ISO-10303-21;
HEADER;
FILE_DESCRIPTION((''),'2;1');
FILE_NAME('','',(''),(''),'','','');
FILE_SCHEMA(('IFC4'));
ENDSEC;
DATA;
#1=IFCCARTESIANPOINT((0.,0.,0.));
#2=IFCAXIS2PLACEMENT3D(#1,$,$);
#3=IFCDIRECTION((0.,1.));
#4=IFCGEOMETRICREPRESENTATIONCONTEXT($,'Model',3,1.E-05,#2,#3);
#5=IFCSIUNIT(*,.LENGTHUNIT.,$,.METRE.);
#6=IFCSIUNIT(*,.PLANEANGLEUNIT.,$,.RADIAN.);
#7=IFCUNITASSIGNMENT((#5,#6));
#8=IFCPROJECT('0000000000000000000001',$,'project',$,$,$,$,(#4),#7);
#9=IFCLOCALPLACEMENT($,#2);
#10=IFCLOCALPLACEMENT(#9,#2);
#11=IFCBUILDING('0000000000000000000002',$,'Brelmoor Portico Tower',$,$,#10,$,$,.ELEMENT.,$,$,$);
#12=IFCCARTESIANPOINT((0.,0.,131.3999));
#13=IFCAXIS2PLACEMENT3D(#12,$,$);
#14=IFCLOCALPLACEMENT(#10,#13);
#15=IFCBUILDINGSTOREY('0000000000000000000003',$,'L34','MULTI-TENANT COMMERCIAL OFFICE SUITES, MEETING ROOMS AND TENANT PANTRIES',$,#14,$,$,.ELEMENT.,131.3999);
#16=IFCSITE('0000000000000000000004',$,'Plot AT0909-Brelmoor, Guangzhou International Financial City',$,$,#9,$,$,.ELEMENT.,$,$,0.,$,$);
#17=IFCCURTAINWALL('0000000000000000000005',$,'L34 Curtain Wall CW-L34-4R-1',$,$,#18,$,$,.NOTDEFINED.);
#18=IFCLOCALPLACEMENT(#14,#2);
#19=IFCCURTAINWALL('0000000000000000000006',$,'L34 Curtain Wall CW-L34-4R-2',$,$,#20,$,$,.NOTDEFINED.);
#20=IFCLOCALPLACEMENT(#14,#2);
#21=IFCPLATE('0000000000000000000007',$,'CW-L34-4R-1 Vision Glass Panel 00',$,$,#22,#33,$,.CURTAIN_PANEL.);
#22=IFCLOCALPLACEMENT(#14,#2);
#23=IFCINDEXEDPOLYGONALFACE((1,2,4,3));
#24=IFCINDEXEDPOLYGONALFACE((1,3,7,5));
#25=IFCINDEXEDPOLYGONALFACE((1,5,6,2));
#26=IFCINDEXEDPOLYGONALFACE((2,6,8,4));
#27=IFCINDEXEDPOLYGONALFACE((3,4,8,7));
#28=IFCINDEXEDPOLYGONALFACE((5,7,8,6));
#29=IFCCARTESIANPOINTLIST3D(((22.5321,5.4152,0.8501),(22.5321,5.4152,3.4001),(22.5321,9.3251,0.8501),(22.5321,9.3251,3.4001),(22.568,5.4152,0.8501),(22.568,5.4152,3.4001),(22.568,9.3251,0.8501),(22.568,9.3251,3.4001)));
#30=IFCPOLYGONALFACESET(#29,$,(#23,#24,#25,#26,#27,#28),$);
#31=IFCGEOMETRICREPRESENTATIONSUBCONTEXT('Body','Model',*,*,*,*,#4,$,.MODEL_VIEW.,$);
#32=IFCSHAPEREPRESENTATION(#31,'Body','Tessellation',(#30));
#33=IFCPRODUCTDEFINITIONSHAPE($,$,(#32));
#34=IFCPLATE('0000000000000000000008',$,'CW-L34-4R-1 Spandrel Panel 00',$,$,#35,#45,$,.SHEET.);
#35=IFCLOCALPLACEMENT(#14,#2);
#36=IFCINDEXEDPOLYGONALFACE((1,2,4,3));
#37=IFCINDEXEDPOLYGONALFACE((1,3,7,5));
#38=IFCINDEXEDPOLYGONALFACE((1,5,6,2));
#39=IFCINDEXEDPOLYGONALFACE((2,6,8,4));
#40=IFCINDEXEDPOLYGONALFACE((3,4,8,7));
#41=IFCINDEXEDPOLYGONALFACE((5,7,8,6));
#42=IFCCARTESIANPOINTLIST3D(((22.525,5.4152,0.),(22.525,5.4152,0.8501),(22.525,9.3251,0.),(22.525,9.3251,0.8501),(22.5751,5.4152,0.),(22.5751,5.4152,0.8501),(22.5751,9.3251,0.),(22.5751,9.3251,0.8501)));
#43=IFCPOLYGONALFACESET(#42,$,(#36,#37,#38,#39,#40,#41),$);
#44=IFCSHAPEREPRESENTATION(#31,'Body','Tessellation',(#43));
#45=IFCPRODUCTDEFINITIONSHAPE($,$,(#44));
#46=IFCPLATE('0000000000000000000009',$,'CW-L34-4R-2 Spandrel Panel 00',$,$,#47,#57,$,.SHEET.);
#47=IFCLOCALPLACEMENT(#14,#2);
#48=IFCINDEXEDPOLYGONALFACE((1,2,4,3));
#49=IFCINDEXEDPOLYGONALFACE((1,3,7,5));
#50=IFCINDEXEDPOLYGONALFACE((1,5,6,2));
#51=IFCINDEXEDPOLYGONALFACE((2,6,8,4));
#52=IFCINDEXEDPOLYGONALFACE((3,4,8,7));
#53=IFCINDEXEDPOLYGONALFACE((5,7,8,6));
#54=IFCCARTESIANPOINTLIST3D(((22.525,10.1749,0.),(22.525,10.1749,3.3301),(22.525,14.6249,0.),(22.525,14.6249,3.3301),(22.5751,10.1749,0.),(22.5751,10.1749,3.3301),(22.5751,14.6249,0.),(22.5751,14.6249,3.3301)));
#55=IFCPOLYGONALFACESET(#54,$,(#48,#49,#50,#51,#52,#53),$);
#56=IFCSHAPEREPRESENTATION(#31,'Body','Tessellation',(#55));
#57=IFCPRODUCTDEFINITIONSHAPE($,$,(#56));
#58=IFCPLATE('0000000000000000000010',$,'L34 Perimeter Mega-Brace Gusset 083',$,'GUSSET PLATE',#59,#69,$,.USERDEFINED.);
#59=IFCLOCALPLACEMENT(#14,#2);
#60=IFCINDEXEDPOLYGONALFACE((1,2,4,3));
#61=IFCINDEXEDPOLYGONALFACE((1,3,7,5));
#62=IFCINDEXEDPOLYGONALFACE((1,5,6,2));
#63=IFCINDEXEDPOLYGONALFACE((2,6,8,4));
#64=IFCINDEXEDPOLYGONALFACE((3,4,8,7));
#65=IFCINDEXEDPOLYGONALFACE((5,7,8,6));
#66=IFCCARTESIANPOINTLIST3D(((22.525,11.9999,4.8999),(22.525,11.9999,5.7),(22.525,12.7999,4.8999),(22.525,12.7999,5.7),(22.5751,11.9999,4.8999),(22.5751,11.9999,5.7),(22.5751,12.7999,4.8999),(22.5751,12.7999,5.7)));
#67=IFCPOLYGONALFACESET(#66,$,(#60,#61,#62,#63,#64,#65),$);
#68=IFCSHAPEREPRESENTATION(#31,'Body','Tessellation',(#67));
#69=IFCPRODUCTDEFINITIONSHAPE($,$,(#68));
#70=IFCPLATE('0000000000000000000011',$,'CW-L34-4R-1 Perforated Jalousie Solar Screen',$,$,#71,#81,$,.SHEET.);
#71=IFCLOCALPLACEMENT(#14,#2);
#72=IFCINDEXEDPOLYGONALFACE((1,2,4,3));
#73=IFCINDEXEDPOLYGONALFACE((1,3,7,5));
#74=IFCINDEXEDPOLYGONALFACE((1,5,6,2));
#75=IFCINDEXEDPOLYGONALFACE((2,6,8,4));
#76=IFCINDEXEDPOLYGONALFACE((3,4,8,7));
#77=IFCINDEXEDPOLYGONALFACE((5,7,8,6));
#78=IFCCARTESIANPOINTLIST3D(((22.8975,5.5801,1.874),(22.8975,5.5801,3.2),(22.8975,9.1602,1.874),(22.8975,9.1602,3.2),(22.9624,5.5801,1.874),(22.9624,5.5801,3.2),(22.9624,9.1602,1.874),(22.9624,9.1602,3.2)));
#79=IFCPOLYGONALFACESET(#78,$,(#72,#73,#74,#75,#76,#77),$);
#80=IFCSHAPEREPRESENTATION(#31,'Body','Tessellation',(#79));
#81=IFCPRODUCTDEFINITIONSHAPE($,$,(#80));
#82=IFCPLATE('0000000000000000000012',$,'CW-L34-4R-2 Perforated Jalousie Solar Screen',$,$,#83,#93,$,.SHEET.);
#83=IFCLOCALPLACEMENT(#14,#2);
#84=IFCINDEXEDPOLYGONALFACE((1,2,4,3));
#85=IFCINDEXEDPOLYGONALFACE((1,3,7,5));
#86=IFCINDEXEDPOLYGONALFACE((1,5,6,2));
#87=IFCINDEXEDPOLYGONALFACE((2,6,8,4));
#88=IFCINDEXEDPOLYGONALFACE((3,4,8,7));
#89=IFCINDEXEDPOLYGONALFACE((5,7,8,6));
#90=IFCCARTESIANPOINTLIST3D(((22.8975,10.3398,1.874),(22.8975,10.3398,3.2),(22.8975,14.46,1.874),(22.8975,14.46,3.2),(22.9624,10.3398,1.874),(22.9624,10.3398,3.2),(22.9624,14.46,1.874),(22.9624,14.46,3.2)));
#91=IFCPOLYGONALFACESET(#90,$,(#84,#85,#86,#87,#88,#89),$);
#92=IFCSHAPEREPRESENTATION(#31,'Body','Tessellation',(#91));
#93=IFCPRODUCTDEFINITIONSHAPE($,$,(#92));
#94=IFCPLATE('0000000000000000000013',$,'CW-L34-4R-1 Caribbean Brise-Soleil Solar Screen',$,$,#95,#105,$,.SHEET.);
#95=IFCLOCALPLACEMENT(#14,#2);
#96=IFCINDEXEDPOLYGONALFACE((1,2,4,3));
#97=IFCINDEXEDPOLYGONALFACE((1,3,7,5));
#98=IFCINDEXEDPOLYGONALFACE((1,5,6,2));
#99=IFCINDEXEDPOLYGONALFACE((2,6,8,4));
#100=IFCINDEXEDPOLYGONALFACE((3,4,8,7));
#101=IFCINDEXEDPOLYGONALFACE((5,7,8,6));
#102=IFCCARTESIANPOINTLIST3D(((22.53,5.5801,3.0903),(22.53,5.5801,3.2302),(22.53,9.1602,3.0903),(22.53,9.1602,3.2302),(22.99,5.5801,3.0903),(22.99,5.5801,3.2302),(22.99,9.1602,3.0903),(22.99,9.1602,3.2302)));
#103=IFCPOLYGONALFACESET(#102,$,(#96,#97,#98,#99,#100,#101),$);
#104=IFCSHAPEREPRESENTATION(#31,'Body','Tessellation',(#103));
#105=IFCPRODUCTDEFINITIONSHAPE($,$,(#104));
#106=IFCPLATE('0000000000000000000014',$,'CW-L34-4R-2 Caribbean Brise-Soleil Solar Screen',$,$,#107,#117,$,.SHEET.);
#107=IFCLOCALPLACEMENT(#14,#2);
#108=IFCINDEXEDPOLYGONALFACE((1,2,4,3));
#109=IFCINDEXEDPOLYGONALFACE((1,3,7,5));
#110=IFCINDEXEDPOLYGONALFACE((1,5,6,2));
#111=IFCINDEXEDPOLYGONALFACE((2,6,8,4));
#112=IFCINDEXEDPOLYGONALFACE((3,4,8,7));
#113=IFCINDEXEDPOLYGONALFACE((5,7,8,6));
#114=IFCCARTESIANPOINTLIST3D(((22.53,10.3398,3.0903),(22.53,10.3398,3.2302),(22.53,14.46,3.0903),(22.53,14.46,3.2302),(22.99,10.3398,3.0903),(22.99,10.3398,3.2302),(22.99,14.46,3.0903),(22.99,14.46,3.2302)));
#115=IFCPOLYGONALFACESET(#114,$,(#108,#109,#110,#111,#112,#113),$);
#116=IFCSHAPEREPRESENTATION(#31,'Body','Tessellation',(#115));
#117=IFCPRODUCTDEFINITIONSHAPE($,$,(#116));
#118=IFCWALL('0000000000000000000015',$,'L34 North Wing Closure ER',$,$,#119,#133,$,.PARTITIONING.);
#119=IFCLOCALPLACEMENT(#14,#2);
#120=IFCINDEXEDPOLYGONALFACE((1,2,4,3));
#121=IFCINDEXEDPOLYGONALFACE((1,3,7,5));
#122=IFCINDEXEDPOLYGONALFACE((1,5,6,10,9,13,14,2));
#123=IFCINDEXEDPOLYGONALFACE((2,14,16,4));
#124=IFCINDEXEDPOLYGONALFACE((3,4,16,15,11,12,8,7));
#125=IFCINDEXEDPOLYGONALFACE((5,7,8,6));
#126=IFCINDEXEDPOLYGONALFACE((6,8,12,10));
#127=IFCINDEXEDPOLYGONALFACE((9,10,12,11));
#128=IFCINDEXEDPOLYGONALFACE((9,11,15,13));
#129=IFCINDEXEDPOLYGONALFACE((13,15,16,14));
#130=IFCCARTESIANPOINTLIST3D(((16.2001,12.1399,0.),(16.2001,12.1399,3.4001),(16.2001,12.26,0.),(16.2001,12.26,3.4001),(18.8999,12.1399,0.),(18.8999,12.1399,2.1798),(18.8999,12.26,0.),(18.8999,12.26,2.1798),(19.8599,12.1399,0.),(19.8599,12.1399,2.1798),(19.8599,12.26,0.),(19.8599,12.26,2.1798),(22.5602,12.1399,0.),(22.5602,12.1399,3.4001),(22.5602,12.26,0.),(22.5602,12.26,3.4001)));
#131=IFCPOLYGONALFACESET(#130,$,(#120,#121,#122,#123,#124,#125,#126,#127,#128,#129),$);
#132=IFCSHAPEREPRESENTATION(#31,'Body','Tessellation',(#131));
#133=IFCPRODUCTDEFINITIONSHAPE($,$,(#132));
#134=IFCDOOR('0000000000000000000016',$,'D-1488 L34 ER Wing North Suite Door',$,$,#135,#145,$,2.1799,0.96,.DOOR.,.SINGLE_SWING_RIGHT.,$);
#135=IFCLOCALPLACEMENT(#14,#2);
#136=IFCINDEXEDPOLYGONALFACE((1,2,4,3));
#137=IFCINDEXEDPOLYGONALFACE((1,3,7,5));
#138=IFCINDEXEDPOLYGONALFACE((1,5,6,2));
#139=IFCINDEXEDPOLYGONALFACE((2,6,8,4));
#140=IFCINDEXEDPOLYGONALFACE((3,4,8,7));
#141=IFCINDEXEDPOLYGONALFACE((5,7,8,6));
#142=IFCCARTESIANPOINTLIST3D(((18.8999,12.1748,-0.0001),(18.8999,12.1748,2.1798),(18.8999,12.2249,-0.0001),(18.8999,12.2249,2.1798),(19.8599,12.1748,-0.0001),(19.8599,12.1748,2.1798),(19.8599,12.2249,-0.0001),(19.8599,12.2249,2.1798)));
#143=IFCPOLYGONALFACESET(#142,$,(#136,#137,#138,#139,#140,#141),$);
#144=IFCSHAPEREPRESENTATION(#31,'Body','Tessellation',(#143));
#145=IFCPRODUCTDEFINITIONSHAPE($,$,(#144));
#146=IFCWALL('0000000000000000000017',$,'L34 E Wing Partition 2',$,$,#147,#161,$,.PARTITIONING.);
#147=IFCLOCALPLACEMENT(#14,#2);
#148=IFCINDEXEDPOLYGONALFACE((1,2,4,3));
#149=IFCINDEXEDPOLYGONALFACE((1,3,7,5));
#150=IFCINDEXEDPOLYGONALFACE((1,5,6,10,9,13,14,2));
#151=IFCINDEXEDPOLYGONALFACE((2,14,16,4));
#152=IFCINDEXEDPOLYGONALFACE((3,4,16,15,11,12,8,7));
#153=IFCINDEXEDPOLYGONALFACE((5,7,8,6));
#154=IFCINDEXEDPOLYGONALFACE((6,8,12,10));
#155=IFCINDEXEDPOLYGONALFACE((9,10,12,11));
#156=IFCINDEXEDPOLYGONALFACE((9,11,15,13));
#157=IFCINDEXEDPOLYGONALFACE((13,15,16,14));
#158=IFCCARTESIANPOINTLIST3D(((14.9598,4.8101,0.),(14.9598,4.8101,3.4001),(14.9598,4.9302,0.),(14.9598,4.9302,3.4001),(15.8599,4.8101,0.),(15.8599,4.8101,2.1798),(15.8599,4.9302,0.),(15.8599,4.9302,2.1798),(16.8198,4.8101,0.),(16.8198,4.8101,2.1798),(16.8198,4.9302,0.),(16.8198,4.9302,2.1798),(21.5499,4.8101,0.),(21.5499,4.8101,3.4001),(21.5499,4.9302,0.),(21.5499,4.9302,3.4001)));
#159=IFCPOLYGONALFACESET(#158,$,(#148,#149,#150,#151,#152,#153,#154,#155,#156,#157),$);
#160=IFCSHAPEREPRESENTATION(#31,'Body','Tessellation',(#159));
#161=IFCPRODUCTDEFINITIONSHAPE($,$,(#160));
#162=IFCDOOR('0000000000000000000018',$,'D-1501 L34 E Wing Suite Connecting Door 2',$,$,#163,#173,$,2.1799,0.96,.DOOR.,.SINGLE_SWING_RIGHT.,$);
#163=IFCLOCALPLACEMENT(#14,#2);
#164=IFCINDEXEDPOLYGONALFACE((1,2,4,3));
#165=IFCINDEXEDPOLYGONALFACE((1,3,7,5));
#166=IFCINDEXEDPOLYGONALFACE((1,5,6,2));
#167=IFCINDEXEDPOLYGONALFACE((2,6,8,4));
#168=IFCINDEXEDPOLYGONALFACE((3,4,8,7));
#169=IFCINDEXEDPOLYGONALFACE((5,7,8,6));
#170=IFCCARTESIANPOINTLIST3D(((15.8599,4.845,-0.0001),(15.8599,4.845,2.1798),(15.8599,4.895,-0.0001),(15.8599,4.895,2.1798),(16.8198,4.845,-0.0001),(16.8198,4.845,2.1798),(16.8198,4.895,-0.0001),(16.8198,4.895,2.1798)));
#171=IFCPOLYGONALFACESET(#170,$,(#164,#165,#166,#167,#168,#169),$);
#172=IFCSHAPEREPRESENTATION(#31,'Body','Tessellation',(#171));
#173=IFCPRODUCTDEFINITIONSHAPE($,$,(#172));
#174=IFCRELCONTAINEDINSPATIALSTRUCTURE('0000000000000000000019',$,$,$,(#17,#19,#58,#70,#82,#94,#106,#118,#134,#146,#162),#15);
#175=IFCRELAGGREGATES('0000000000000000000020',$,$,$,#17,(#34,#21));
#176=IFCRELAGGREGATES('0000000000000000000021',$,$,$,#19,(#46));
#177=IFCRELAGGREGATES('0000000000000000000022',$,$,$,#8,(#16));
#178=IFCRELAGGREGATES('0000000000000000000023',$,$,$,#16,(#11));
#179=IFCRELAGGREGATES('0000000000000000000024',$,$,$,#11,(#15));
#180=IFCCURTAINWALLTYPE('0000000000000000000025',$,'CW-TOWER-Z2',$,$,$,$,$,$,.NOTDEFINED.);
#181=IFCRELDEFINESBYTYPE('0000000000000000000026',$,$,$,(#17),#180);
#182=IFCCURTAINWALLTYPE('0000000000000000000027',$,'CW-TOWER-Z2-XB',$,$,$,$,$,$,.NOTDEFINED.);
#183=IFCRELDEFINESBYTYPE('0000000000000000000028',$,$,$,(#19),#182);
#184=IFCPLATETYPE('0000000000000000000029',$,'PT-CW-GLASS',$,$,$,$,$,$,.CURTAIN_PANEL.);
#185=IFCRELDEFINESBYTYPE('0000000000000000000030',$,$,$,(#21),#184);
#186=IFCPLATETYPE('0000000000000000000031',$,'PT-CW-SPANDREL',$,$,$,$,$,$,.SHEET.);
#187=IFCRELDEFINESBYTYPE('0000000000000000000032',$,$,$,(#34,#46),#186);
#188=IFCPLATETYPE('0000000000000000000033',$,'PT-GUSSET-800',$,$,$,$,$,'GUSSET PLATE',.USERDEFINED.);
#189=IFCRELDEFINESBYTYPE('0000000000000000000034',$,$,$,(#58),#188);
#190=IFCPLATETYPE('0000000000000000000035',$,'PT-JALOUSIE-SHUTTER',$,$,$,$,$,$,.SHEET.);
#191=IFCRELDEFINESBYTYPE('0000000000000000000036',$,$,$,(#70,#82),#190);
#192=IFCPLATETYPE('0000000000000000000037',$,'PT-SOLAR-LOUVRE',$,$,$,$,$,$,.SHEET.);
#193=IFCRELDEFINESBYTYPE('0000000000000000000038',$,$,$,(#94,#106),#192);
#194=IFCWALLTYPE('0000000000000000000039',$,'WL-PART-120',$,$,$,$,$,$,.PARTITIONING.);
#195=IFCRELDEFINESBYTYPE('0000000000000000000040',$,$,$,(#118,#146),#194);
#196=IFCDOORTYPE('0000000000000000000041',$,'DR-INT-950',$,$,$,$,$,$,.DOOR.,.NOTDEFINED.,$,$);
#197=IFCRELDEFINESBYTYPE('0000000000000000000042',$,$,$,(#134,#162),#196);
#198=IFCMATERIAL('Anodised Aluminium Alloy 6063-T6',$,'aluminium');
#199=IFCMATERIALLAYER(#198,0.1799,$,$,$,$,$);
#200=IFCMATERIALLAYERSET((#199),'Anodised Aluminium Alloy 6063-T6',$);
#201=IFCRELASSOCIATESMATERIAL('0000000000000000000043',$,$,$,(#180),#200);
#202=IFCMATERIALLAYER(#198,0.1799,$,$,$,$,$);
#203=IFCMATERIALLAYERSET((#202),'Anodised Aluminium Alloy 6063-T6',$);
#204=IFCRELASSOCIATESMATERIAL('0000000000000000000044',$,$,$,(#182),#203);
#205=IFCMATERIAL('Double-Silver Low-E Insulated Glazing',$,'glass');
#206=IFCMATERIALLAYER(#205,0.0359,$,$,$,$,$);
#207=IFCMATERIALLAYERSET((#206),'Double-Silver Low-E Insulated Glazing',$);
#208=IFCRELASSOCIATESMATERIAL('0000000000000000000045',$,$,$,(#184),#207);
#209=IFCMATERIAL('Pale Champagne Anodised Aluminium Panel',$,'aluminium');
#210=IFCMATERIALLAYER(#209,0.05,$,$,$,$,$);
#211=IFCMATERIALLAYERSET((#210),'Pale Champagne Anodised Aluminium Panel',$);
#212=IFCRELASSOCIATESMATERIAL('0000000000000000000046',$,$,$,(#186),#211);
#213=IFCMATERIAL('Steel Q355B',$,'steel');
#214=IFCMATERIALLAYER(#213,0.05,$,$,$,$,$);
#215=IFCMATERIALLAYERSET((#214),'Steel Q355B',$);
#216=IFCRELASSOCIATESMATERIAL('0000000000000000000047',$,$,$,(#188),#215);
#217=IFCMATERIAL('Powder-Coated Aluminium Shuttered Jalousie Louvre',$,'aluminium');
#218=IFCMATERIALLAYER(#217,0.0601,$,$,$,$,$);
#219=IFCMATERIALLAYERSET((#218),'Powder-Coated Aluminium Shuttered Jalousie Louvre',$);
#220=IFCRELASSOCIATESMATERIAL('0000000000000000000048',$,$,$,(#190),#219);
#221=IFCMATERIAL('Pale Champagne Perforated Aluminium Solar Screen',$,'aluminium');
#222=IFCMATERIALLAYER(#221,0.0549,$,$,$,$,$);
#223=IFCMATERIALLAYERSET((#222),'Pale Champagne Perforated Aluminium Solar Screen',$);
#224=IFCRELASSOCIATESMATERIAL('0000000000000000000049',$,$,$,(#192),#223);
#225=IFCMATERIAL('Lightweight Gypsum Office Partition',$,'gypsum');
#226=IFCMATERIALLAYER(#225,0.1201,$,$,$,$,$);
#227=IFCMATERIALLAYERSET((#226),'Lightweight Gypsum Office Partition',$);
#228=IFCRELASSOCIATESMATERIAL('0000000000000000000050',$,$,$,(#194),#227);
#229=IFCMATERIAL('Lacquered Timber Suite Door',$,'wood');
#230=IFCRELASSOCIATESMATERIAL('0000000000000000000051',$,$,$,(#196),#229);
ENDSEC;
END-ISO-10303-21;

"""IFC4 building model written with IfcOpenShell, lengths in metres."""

from ifc_helpers import new_model, si_unit, direction, frame, frame_2d, origin, origin_2d, place, context, subcontext, project, spatial, rectangle, extrude, material, layer, layer_set, type_object, element, fill, aggregate, save


model = new_model("IFC4")

# Units and contexts
model_context = context("Model", 3, precision=1e-05, world=origin(), true_north=direction((0.0, 1.0)))
body_context = subcontext(model_context, "Body", "Model", "MODEL_VIEW")
ifc_project = project(units=[si_unit("LENGTHUNIT", "METRE"), si_unit("PLANEANGLEUNIT", "RADIAN")], contexts=[model_context])

# Site, building, storey
site_placement = place(None, origin())
site = spatial("IfcSite", under=ifc_project, at=site_placement, Name="Plot AT0909-Brelmoor, Guangzhou International Financial City", CompositionType="ELEMENT", RefElevation=0.0)
building_placement = place(site_placement, origin())
building = spatial("IfcBuilding", under=site, at=building_placement, Name="Brelmoor Portico Tower", CompositionType="ELEMENT")
storey_placement = place(building_placement, frame((0.0, 0.0, 131.3999)))
storey = spatial("IfcBuildingStorey", under=building, at=storey_placement, Name="L34", Description="MULTI-TENANT COMMERCIAL OFFICE SUITES, MEETING ROOMS AND TENANT PANTRIES", CompositionType="ELEMENT", Elevation=131.3999)

# Shared definitions
ifc_material_1 = material(Name="Steel Q355B", Category="steel")

# Curtain wall
ifc_material_2 = material(Name="Anodised Aluminium Alloy 6063-T6", Category="aluminium")
ifc_layer_1 = layer(ifc_material_2, 0.1799)
ifc_layer_set_1 = layer_set([ifc_layer_1], Name="Anodised Aluminium Alloy 6063-T6")
curtain_wall_type_1 = type_object("IfcCurtainWallType", Name="CW-TOWER-Z2", PredefinedType="NOTDEFINED", material=ifc_layer_set_1)
curtain_wall_1_placement = place(storey_placement, origin())
curtain_wall_1 = element("IfcCurtainWall", 1, at=curtain_wall_1_placement, inside=storey, type_object=curtain_wall_type_1, Name="L34 Curtain Wall CW-L34-4R-1", PredefinedType="NOTDEFINED")

# Curtain wall
ifc_layer_2 = layer(ifc_material_2, 0.1799)
ifc_layer_set_2 = layer_set([ifc_layer_2], Name="Anodised Aluminium Alloy 6063-T6")
curtain_wall_type_2 = type_object("IfcCurtainWallType", Name="CW-TOWER-Z2-XB", PredefinedType="NOTDEFINED", material=ifc_layer_set_2)
curtain_wall_2_placement = place(storey_placement, origin())
curtain_wall_2 = element("IfcCurtainWall", 2, at=curtain_wall_2_placement, inside=storey, type_object=curtain_wall_type_2, Name="L34 Curtain Wall CW-L34-4R-2", PredefinedType="NOTDEFINED")

# Plates
ifc_material_3 = material(Name="Double-Silver Low-E Insulated Glazing", Category="glass")
ifc_layer_3 = layer(ifc_material_3, 0.0359)
ifc_layer_set_3 = layer_set([ifc_layer_3], Name="Double-Silver Low-E Insulated Glazing")
plate_type_1 = type_object("IfcPlateType", Name="PT-CW-GLASS", PredefinedType="CURTAIN_PANEL", material=ifc_layer_set_3)
plate_1_placement = place(storey_placement, frame((22.55, 7.3701, 0.8501), z_axis=(0.0, 0.0, 1.0), x_axis=(0.0, 1.0, 0.0)))
plate_1 = element("IfcPlate", 3, at=plate_1_placement, type_object=plate_type_1, Name="CW-L34-4R-1 Vision Glass Panel 00", PredefinedType="CURTAIN_PANEL", context=body_context, shape_type="SweptSolid", body=[
    extrude(rectangle(XDim=3.9099, YDim=0.0359, at=origin_2d()), origin(), (0.0, 0.0, 1.0), 2.55),
])
ifc_material_4 = material(Name="Pale Champagne Anodised Aluminium Panel", Category="aluminium")
ifc_layer_4 = layer(ifc_material_4, 0.05)
ifc_layer_set_4 = layer_set([ifc_layer_4], Name="Pale Champagne Anodised Aluminium Panel")
plate_type_2 = type_object("IfcPlateType", Name="PT-CW-SPANDREL", PredefinedType="SHEET", material=ifc_layer_set_4)
plate_2_placement = place(storey_placement, frame((22.55, 7.3701, 0.0), z_axis=(0.0, 0.0, 1.0), x_axis=(0.0, 1.0, 0.0)))
plate_2 = element("IfcPlate", 4, at=plate_2_placement, type_object=plate_type_2, Name="CW-L34-4R-1 Spandrel Panel 00", PredefinedType="SHEET", context=body_context, shape_type="SweptSolid", body=[
    extrude(rectangle(XDim=3.9099, YDim=0.05, at=origin_2d()), origin(), (0.0, 0.0, 1.0), 0.8501),
])
aggregate(curtain_wall_1, [plate_2, plate_1])
plate_3_placement = place(storey_placement, frame((22.55, 12.3999, 0.0), z_axis=(0.0, 0.0, 1.0), x_axis=(0.0, 1.0, 0.0)))
plate_3 = element("IfcPlate", 5, at=plate_3_placement, type_object=plate_type_2, Name="CW-L34-4R-2 Spandrel Panel 00", PredefinedType="SHEET", context=body_context, shape_type="SweptSolid", body=[
    extrude(rectangle(XDim=4.45, YDim=0.05, at=origin_2d()), origin(), (0.0, 0.0, 1.0), 3.3301),
])
aggregate(curtain_wall_2, [plate_3])

# Plates
ifc_layer_5 = layer(ifc_material_1, 0.05)
ifc_layer_set_5 = layer_set([ifc_layer_5], Name="Steel Q355B")
plate_type_3 = type_object("IfcPlateType", Name="PT-GUSSET-800", ElementType="GUSSET PLATE", PredefinedType="USERDEFINED", material=ifc_layer_set_5)
plate_4_placement = place(storey_placement, frame((22.55, 12.3999, 4.8999), z_axis=(0.0, 0.0, 1.0), x_axis=(1.0, 0.0, 0.0)))
element("IfcPlate", 6, at=plate_4_placement, inside=storey, type_object=plate_type_3, Name="L34 Perimeter Mega-Brace Gusset 083", ObjectType="GUSSET PLATE", PredefinedType="USERDEFINED", context=body_context, shape_type="SweptSolid", body=[
    extrude(rectangle(XDim=0.05, YDim=0.8, at=origin_2d()), origin(), (0.0, 0.0, 1.0), 0.8),
])
ifc_material_5 = material(Name="Powder-Coated Aluminium Shuttered Jalousie Louvre", Category="aluminium")
ifc_layer_6 = layer(ifc_material_5, 0.0601)
ifc_layer_set_6 = layer_set([ifc_layer_6], Name="Powder-Coated Aluminium Shuttered Jalousie Louvre")
plate_type_4 = type_object("IfcPlateType", Name="PT-JALOUSIE-SHUTTER", PredefinedType="SHEET", material=ifc_layer_set_6)
plate_5_placement = place(storey_placement, frame((22.9299, 7.3701, 1.874), z_axis=(0.0, 0.0, 1.0), x_axis=(0.0, 1.0, 0.0)))
element("IfcPlate", 7, at=plate_5_placement, inside=storey, type_object=plate_type_4, Name="CW-L34-4R-1 Perforated Jalousie Solar Screen", PredefinedType="SHEET", context=body_context, shape_type="SweptSolid", body=[
    extrude(rectangle(XDim=3.5801, YDim=0.0649, at=origin_2d()), origin(), (0.0, 0.0, 1.0), 1.3259),
])
plate_6_placement = place(storey_placement, frame((22.9299, 12.3999, 1.874), z_axis=(0.0, 0.0, 1.0), x_axis=(0.0, 1.0, 0.0)))
element("IfcPlate", 8, at=plate_6_placement, inside=storey, type_object=plate_type_4, Name="CW-L34-4R-2 Perforated Jalousie Solar Screen", PredefinedType="SHEET", context=body_context, shape_type="SweptSolid", body=[
    extrude(rectangle(XDim=4.1201, YDim=0.0649, at=origin_2d()), origin(), (0.0, 0.0, 1.0), 1.3259),
])
ifc_material_6 = material(Name="Pale Champagne Perforated Aluminium Solar Screen", Category="aluminium")
ifc_layer_7 = layer(ifc_material_6, 0.0549)
ifc_layer_set_7 = layer_set([ifc_layer_7], Name="Pale Champagne Perforated Aluminium Solar Screen")
plate_type_5 = type_object("IfcPlateType", Name="PT-SOLAR-LOUVRE", PredefinedType="SHEET", material=ifc_layer_set_7)
plate_7_placement = place(storey_placement, frame((22.76, 7.3701, 3.0903), z_axis=(0.0, 0.0, 1.0), x_axis=(0.0, 1.0, 0.0)))
element("IfcPlate", 9, at=plate_7_placement, inside=storey, type_object=plate_type_5, Name="CW-L34-4R-1 Caribbean Brise-Soleil Solar Screen", PredefinedType="SHEET", context=body_context, shape_type="SweptSolid", body=[
    extrude(rectangle(XDim=3.5801, YDim=0.46, at=origin_2d()), origin(), (0.0, 0.0, 1.0), 0.1399),
])
plate_8_placement = place(storey_placement, frame((22.76, 12.3999, 3.0903), z_axis=(0.0, 0.0, 1.0), x_axis=(0.0, 1.0, 0.0)))
element("IfcPlate", 10, at=plate_8_placement, inside=storey, type_object=plate_type_5, Name="CW-L34-4R-2 Caribbean Brise-Soleil Solar Screen", PredefinedType="SHEET", context=body_context, shape_type="SweptSolid", body=[
    extrude(rectangle(XDim=4.1201, YDim=0.46, at=origin_2d()), origin(), (0.0, 0.0, 1.0), 0.1399),
])

# Walls, openings, doors
ifc_material_7 = material(Name="Lightweight Gypsum Office Partition", Category="gypsum")
ifc_layer_8 = layer(ifc_material_7, 0.1201)
ifc_layer_set_8 = layer_set([ifc_layer_8], Name="Lightweight Gypsum Office Partition")
wall_type_1 = type_object("IfcWallType", Name="WL-PART-120", PredefinedType="PARTITIONING", material=ifc_layer_set_8)
wall_1_placement = place(storey_placement, frame((16.2, 12.2, 0.0), z_axis=(0.0, 0.0, 1.0), x_axis=(1.0, 0.0, 0.0)))
wall_1 = element("IfcWall", 11, at=wall_1_placement, inside=storey, type_object=wall_type_1, Name="L34 North Wing Closure ER", PredefinedType="PARTITIONING", context=body_context, shape_type="SweptSolid", body=[
    extrude(rectangle(XDim=6.3601, YDim=0.1201, at=frame_2d((3.1802, 0.0))), origin(), (0.0, 0.0, 1.0), 3.4001),
])
opening_1_placement = place(wall_1_placement, frame((2.7, 0.0, 0.0)))
opening_1 = element("IfcOpeningElement", 12, at=opening_1_placement, cuts=wall_1, PredefinedType="OPENING", context=body_context, shape_type="SweptSolid", body=[
    extrude(rectangle(XDim=0.96, YDim=2.1799, at=frame_2d((0.48, 1.0898))), frame((0.0, 0.0701, 0.0), z_axis=(0.0, -1.0, 0.0), x_axis=(1.0, 0.0, 0.0)), (0.0, 0.0, 1.0), 0.1401),
])
ifc_material_8 = material(Name="Lacquered Timber Suite Door", Category="wood")
door_type_1 = type_object("IfcDoorType", Name="DR-INT-950", OperationType="NOTDEFINED", PredefinedType="DOOR", material=ifc_material_8)
door_1_placement = place(opening_1_placement, origin())
door_1 = element("IfcDoor", 13, at=door_1_placement, inside=storey, type_object=door_type_1, Name="D-1488 L34 ER Wing North Suite Door", OperationType="SINGLE_SWING_RIGHT", OverallHeight=2.1799, OverallWidth=0.96, PredefinedType="DOOR", context=body_context, shape_type="SweptSolid", body=[
    extrude(rectangle(XDim=0.96, YDim=2.1799, at=frame_2d((0.48, 1.0898))), frame((0.0, 0.0249, 0.0), z_axis=(0.0, -1.0, 0.0), x_axis=(1.0, 0.0, 0.0)), (0.0, 0.0, 1.0), 0.05),
])
fill(opening_1, door_1)
wall_2_placement = place(storey_placement, frame((14.96, 4.8701, 0.0), z_axis=(0.0, 0.0, 1.0), x_axis=(1.0, 0.0, 0.0)))
wall_2 = element("IfcWall", 14, at=wall_2_placement, inside=storey, type_object=wall_type_1, Name="L34 E Wing Partition 2", PredefinedType="PARTITIONING", context=body_context, shape_type="SweptSolid", body=[
    extrude(rectangle(XDim=6.5901, YDim=0.1201, at=frame_2d((3.2949, 0.0))), origin(), (0.0, 0.0, 1.0), 3.4001),
])
opening_2_placement = place(wall_2_placement, frame((0.8999, 0.0, 0.0)))
opening_2 = element("IfcOpeningElement", 15, at=opening_2_placement, cuts=wall_2, PredefinedType="OPENING", context=body_context, shape_type="SweptSolid", body=[
    extrude(rectangle(XDim=0.96, YDim=2.1799, at=frame_2d((0.48, 1.0898))), frame((0.0, 0.0701, 0.0), z_axis=(0.0, -1.0, 0.0), x_axis=(1.0, 0.0, 0.0)), (0.0, 0.0, 1.0), 0.1401),
])
door_2_placement = place(opening_2_placement, origin())
door_2 = element("IfcDoor", 16, at=door_2_placement, inside=storey, type_object=door_type_1, Name="D-1501 L34 E Wing Suite Connecting Door 2", OperationType="SINGLE_SWING_RIGHT", OverallHeight=2.1799, OverallWidth=0.96, PredefinedType="DOOR", context=body_context, shape_type="SweptSolid", body=[
    extrude(rectangle(XDim=0.96, YDim=2.1799, at=frame_2d((0.48, 1.0898))), frame((0.0, 0.0249, 0.0), z_axis=(0.0, -1.0, 0.0), x_axis=(1.0, 0.0, 0.0)), (0.0, 0.0, 1.0), 0.05),
])
fill(opening_2, door_2)

save(model, "model.ifc")
